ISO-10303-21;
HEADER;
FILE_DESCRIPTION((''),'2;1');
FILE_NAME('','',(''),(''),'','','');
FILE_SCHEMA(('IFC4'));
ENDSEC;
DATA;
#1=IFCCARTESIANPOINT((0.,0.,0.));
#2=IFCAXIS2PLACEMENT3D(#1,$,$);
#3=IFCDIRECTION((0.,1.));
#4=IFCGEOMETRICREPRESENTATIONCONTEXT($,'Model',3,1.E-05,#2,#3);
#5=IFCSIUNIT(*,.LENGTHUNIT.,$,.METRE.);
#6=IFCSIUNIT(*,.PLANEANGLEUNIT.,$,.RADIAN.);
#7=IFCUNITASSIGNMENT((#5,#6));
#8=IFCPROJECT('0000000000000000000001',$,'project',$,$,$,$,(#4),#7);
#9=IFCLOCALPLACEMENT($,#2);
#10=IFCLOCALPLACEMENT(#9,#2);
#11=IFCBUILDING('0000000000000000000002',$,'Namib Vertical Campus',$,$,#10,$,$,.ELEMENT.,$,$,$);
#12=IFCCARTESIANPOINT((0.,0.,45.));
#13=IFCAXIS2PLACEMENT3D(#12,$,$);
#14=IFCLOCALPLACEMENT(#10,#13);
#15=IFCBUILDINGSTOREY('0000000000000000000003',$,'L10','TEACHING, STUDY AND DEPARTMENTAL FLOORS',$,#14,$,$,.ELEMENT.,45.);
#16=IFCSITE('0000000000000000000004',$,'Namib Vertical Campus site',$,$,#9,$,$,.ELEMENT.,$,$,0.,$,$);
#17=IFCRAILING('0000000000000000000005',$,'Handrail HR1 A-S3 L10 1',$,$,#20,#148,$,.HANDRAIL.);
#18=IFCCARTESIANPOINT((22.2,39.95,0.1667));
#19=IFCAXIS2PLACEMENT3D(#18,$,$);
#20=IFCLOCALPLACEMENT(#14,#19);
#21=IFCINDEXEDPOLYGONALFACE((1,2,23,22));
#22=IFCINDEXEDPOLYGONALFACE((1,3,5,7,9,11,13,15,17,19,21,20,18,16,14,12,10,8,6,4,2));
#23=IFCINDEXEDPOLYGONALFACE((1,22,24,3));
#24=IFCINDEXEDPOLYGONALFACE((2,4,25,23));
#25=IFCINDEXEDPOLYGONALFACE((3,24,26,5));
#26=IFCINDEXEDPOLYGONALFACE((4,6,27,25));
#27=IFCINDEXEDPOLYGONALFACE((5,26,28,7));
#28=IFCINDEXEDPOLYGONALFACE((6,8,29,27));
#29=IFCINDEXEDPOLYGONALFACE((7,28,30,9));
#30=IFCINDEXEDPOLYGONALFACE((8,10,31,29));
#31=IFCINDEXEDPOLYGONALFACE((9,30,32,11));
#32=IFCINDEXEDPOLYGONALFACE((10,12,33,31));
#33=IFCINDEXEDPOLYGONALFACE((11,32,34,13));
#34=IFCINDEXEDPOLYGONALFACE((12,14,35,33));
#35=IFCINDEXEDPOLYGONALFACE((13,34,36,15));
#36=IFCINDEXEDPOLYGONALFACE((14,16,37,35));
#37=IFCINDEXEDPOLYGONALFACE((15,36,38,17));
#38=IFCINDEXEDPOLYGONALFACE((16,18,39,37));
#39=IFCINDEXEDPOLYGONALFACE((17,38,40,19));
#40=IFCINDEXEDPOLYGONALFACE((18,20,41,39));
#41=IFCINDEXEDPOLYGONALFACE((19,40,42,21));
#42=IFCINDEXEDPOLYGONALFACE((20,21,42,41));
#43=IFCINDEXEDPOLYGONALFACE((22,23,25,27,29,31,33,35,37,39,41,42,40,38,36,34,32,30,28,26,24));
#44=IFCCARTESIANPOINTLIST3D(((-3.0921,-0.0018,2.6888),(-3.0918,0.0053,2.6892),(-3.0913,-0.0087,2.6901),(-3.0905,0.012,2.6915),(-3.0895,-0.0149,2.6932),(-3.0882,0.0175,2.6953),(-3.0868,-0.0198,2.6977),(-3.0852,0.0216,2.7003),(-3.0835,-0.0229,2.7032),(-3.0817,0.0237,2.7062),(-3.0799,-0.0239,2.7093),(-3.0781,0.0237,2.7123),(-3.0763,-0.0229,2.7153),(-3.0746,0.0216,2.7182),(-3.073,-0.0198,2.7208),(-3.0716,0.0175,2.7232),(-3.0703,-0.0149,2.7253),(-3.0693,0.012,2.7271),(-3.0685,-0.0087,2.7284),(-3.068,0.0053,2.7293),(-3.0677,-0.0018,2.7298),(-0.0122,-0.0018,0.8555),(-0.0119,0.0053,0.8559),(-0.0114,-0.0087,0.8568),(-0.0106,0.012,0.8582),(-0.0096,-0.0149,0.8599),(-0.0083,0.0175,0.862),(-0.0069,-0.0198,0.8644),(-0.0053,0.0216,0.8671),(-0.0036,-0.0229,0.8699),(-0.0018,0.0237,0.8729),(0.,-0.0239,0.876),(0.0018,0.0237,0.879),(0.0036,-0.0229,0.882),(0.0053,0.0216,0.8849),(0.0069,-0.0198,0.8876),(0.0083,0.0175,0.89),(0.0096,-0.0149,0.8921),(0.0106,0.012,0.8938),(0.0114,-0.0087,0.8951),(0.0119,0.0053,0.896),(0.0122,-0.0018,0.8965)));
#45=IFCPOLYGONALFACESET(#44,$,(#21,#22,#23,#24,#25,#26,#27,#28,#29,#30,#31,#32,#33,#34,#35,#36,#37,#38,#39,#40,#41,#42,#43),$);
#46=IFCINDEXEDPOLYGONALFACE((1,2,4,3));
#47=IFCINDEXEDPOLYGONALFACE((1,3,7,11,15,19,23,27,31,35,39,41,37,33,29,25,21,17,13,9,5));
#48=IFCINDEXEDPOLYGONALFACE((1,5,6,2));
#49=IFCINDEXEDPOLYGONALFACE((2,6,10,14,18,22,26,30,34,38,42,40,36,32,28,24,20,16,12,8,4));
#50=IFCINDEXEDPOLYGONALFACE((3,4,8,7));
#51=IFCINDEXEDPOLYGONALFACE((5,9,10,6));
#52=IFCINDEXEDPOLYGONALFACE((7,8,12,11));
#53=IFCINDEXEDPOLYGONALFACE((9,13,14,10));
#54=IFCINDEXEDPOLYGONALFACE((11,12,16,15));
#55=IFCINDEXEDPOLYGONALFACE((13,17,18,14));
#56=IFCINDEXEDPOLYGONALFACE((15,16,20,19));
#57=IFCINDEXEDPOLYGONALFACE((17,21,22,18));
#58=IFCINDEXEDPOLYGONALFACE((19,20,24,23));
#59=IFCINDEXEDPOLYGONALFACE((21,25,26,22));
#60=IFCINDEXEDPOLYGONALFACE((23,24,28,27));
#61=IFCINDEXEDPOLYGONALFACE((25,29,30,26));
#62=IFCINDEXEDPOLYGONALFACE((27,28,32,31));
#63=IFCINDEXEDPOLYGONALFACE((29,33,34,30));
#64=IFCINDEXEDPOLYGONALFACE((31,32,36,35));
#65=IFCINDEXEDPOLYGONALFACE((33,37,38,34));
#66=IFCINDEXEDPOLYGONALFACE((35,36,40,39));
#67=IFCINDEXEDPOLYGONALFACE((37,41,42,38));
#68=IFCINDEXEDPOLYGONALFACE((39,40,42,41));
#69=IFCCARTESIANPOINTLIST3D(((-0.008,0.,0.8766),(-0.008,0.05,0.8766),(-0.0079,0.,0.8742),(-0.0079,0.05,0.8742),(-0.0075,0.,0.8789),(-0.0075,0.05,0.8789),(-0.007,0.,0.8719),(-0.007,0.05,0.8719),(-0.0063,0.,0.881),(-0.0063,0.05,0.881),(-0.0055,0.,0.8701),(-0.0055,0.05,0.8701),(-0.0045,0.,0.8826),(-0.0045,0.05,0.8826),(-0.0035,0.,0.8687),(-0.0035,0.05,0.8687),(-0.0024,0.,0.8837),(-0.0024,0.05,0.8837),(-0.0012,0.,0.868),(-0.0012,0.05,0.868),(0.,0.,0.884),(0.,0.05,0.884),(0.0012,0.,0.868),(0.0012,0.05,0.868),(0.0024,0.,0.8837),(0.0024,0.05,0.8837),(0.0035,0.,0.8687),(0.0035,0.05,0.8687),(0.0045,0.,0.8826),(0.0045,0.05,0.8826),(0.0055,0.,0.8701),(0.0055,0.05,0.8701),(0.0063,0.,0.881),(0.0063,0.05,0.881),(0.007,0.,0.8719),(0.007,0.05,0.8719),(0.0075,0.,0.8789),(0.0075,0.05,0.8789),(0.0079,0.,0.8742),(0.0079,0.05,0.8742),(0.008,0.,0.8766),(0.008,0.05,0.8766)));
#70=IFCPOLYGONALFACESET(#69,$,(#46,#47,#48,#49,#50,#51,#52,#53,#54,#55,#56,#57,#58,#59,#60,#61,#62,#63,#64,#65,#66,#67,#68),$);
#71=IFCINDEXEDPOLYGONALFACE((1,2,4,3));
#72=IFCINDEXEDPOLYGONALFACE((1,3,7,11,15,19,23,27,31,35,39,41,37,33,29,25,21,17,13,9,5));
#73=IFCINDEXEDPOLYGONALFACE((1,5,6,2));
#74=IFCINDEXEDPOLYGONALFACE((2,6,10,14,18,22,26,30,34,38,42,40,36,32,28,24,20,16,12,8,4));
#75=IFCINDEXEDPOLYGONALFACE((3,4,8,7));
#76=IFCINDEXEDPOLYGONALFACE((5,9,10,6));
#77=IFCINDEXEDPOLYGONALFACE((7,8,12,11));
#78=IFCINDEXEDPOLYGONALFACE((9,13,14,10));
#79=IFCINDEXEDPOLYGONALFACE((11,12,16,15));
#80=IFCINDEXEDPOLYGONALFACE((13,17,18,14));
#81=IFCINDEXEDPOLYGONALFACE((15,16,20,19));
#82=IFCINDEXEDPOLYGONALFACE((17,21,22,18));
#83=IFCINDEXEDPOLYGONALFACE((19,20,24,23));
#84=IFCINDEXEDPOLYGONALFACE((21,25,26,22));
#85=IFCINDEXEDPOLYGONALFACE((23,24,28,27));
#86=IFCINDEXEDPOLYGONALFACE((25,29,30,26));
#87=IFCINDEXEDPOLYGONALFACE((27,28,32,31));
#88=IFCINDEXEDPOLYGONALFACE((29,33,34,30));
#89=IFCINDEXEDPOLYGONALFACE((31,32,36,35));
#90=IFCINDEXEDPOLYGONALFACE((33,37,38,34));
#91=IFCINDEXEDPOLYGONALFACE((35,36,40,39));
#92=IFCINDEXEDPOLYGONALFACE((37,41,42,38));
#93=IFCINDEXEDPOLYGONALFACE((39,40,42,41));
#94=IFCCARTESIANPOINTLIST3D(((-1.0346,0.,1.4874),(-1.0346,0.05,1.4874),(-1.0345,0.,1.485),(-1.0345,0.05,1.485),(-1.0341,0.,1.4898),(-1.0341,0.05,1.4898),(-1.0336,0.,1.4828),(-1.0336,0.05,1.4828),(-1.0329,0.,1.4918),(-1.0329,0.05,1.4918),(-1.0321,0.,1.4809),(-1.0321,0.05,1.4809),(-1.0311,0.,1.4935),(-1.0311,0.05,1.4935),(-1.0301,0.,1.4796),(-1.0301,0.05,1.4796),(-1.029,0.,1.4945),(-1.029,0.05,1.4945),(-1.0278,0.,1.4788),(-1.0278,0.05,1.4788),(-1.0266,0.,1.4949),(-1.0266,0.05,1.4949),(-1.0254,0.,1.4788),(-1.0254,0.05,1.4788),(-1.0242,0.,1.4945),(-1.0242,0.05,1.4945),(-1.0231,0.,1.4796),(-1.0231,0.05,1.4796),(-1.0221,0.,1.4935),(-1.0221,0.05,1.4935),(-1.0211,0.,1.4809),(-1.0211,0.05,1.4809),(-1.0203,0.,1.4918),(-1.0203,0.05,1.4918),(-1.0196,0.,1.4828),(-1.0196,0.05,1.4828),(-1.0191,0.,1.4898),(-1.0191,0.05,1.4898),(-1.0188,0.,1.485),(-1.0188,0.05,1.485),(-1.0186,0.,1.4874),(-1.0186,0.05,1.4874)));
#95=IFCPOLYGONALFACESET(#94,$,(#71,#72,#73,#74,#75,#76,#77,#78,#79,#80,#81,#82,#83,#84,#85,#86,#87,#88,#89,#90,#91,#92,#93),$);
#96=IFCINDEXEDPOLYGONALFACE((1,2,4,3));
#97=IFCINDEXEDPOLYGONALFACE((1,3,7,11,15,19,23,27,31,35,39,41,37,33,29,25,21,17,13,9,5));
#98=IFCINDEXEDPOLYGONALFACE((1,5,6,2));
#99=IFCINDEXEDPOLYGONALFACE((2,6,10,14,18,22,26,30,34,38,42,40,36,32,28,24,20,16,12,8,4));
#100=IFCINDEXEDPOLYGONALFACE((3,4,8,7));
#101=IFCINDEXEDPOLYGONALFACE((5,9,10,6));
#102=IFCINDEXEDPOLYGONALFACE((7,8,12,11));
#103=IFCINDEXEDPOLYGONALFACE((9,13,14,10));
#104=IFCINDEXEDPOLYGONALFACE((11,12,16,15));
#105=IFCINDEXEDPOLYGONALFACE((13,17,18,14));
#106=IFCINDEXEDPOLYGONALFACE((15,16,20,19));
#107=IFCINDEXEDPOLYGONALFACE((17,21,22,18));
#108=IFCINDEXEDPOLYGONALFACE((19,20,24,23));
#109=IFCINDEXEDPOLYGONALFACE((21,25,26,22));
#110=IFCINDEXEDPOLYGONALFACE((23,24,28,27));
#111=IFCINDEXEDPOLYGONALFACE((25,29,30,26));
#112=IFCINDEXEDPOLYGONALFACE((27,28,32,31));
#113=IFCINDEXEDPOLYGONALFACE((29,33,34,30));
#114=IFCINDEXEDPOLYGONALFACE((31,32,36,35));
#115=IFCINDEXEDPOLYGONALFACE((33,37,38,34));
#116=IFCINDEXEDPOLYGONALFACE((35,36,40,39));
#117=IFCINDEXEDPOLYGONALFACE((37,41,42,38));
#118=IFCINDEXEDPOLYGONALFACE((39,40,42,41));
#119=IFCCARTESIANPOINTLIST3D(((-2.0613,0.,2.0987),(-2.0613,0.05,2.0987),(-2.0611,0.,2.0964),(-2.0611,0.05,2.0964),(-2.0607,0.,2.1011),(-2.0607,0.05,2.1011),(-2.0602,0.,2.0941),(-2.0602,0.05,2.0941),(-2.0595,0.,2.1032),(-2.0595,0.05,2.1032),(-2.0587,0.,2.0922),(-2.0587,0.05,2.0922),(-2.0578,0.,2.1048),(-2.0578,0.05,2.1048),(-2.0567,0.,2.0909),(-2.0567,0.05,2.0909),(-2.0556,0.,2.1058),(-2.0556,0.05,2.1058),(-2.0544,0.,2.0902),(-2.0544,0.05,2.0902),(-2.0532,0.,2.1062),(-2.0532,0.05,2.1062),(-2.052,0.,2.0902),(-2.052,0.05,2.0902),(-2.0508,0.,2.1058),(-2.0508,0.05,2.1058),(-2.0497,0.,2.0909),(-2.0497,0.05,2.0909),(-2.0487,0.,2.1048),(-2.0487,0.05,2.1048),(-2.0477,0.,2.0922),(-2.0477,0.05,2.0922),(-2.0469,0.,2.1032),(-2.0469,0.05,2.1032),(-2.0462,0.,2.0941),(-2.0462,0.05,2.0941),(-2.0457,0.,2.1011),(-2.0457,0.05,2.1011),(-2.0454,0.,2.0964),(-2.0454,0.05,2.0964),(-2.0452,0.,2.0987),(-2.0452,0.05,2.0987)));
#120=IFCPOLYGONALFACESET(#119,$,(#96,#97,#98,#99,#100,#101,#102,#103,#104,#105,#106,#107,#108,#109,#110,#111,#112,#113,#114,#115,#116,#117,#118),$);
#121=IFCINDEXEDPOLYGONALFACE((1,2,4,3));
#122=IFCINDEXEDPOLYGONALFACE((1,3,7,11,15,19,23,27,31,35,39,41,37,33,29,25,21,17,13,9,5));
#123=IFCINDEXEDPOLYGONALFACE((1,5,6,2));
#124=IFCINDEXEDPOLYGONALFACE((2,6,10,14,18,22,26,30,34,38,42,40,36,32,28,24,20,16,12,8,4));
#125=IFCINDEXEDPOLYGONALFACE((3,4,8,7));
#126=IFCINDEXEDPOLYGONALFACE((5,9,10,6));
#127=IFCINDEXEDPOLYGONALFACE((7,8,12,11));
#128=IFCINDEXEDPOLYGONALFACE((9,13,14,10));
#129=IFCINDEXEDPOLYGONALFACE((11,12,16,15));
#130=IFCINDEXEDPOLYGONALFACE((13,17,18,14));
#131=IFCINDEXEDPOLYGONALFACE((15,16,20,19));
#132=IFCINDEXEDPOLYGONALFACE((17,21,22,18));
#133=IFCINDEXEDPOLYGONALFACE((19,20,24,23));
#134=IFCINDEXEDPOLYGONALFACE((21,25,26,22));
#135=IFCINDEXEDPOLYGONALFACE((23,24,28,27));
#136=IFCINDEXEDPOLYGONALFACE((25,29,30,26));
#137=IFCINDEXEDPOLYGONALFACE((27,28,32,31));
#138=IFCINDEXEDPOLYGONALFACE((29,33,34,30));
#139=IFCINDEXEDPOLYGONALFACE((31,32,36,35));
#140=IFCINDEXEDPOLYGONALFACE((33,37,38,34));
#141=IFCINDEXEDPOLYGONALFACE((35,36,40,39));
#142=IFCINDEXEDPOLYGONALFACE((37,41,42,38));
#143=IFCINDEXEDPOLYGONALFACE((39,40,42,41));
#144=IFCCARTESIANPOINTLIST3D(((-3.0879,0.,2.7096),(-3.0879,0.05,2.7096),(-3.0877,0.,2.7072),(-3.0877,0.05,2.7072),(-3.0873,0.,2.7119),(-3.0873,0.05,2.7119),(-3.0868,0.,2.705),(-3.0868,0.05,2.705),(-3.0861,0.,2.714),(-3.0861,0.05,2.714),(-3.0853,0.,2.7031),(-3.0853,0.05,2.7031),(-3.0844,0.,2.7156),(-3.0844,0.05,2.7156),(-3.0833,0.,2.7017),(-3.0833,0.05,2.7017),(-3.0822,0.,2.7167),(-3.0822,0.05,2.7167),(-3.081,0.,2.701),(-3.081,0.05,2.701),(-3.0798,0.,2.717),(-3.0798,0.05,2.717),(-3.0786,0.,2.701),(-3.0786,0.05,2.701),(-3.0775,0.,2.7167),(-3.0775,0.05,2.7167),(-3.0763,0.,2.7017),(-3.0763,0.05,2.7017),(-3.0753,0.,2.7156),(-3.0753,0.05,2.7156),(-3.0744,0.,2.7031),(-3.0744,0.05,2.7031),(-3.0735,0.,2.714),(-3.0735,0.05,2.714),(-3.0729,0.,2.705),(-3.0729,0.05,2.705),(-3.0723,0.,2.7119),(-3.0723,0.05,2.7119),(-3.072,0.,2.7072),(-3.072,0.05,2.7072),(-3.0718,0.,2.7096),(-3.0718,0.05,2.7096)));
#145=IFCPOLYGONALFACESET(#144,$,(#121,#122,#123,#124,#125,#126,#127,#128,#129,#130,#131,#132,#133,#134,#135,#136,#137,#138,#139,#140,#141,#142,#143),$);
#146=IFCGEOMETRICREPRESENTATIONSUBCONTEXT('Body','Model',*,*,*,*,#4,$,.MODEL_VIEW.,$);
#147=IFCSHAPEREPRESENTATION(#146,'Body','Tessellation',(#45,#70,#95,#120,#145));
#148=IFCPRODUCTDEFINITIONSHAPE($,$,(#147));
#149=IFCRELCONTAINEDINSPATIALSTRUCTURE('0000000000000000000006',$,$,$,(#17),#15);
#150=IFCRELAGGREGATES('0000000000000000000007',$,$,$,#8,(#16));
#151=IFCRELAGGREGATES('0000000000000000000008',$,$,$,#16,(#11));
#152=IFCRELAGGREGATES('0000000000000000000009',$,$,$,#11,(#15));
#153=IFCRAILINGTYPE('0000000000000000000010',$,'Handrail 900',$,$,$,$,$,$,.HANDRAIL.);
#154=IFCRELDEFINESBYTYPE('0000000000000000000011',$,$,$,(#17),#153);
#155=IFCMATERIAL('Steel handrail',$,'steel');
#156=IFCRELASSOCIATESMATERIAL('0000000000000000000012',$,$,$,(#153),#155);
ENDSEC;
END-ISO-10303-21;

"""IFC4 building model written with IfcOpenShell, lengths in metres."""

from ifc_helpers import new_model, si_unit, direction, frame, origin, origin_2d, place, context, subcontext, project, spatial, circle, extrude, material, type_object, element, save


model = new_model("IFC4")

# Units and contexts
model_context = context("Model", 3, precision=1e-05, world=origin(), true_north=direction((0.0, 1.0)))
body_context = subcontext(model_context, "Body", "Model", "MODEL_VIEW")
ifc_project = project(units=[si_unit("LENGTHUNIT", "METRE"), si_unit("PLANEANGLEUNIT", "RADIAN")], contexts=[model_context])

# Site, building, storey
site_placement = place(None, origin())
site = spatial("IfcSite", under=ifc_project, at=site_placement, Name="Namib Vertical Campus site", CompositionType="ELEMENT", RefElevation=0.0)
building_placement = place(site_placement, origin())
building = spatial("IfcBuilding", under=site, at=building_placement, Name="Namib Vertical Campus", CompositionType="ELEMENT")
storey_placement = place(building_placement, frame((0.0, 0.0, 45.0)))
storey = spatial("IfcBuildingStorey", under=building, at=storey_placement, Name="L10", Description="TEACHING, STUDY AND DEPARTMENTAL FLOORS", CompositionType="ELEMENT", Elevation=45.0)

# Railing
ifc_material_1 = material(Name="Steel handrail", Category="steel")
railing_type_1 = type_object("IfcRailingType", Name="Handrail 900", PredefinedType="HANDRAIL", material=ifc_material_1)
railing_1_placement = place(storey_placement, frame((22.2, 39.95, 0.1667)))
element("IfcRailing", 1, at=railing_1_placement, inside=storey, type_object=railing_type_1, Name="Handrail HR1 A-S3 L10 1", PredefinedType="HANDRAIL", context=body_context, shape_type="SweptSolid", body=[
    extrude(circle(Radius=0.0239, at=origin_2d()), frame((0.0, 0.0, 0.876), z_axis=(-0.859291, 0.0, 0.511487), x_axis=(0.0, -1.0, 0.0)), (0.0, 0.0, 1.0), 3.5842),
    extrude(circle(Radius=0.0081, at=origin_2d()), frame((0.0, 0.0, 0.876), z_axis=(0.0, 1.0, 0.0), x_axis=(0.0, 0.0, 1.0)), (0.0, 0.0, 1.0), 0.05),
    extrude(circle(Radius=0.0081, at=origin_2d()), frame((-1.0266, 0.0, 1.4868), z_axis=(0.0, 1.0, 0.0), x_axis=(0.0, 0.0, 1.0)), (0.0, 0.0, 1.0), 0.05),
    extrude(circle(Radius=0.0081, at=origin_2d()), frame((-2.0532, 0.0, 2.0981), z_axis=(0.0, 1.0, 0.0), x_axis=(0.0, 0.0, 1.0)), (0.0, 0.0, 1.0), 0.05),
    extrude(circle(Radius=0.0081, at=origin_2d()), frame((-3.0798, 0.0, 2.709), z_axis=(0.0, 1.0, 0.0), x_axis=(0.0, 0.0, 1.0)), (0.0, 0.0, 1.0), 0.05),
])

save(model, "model.ifc")
